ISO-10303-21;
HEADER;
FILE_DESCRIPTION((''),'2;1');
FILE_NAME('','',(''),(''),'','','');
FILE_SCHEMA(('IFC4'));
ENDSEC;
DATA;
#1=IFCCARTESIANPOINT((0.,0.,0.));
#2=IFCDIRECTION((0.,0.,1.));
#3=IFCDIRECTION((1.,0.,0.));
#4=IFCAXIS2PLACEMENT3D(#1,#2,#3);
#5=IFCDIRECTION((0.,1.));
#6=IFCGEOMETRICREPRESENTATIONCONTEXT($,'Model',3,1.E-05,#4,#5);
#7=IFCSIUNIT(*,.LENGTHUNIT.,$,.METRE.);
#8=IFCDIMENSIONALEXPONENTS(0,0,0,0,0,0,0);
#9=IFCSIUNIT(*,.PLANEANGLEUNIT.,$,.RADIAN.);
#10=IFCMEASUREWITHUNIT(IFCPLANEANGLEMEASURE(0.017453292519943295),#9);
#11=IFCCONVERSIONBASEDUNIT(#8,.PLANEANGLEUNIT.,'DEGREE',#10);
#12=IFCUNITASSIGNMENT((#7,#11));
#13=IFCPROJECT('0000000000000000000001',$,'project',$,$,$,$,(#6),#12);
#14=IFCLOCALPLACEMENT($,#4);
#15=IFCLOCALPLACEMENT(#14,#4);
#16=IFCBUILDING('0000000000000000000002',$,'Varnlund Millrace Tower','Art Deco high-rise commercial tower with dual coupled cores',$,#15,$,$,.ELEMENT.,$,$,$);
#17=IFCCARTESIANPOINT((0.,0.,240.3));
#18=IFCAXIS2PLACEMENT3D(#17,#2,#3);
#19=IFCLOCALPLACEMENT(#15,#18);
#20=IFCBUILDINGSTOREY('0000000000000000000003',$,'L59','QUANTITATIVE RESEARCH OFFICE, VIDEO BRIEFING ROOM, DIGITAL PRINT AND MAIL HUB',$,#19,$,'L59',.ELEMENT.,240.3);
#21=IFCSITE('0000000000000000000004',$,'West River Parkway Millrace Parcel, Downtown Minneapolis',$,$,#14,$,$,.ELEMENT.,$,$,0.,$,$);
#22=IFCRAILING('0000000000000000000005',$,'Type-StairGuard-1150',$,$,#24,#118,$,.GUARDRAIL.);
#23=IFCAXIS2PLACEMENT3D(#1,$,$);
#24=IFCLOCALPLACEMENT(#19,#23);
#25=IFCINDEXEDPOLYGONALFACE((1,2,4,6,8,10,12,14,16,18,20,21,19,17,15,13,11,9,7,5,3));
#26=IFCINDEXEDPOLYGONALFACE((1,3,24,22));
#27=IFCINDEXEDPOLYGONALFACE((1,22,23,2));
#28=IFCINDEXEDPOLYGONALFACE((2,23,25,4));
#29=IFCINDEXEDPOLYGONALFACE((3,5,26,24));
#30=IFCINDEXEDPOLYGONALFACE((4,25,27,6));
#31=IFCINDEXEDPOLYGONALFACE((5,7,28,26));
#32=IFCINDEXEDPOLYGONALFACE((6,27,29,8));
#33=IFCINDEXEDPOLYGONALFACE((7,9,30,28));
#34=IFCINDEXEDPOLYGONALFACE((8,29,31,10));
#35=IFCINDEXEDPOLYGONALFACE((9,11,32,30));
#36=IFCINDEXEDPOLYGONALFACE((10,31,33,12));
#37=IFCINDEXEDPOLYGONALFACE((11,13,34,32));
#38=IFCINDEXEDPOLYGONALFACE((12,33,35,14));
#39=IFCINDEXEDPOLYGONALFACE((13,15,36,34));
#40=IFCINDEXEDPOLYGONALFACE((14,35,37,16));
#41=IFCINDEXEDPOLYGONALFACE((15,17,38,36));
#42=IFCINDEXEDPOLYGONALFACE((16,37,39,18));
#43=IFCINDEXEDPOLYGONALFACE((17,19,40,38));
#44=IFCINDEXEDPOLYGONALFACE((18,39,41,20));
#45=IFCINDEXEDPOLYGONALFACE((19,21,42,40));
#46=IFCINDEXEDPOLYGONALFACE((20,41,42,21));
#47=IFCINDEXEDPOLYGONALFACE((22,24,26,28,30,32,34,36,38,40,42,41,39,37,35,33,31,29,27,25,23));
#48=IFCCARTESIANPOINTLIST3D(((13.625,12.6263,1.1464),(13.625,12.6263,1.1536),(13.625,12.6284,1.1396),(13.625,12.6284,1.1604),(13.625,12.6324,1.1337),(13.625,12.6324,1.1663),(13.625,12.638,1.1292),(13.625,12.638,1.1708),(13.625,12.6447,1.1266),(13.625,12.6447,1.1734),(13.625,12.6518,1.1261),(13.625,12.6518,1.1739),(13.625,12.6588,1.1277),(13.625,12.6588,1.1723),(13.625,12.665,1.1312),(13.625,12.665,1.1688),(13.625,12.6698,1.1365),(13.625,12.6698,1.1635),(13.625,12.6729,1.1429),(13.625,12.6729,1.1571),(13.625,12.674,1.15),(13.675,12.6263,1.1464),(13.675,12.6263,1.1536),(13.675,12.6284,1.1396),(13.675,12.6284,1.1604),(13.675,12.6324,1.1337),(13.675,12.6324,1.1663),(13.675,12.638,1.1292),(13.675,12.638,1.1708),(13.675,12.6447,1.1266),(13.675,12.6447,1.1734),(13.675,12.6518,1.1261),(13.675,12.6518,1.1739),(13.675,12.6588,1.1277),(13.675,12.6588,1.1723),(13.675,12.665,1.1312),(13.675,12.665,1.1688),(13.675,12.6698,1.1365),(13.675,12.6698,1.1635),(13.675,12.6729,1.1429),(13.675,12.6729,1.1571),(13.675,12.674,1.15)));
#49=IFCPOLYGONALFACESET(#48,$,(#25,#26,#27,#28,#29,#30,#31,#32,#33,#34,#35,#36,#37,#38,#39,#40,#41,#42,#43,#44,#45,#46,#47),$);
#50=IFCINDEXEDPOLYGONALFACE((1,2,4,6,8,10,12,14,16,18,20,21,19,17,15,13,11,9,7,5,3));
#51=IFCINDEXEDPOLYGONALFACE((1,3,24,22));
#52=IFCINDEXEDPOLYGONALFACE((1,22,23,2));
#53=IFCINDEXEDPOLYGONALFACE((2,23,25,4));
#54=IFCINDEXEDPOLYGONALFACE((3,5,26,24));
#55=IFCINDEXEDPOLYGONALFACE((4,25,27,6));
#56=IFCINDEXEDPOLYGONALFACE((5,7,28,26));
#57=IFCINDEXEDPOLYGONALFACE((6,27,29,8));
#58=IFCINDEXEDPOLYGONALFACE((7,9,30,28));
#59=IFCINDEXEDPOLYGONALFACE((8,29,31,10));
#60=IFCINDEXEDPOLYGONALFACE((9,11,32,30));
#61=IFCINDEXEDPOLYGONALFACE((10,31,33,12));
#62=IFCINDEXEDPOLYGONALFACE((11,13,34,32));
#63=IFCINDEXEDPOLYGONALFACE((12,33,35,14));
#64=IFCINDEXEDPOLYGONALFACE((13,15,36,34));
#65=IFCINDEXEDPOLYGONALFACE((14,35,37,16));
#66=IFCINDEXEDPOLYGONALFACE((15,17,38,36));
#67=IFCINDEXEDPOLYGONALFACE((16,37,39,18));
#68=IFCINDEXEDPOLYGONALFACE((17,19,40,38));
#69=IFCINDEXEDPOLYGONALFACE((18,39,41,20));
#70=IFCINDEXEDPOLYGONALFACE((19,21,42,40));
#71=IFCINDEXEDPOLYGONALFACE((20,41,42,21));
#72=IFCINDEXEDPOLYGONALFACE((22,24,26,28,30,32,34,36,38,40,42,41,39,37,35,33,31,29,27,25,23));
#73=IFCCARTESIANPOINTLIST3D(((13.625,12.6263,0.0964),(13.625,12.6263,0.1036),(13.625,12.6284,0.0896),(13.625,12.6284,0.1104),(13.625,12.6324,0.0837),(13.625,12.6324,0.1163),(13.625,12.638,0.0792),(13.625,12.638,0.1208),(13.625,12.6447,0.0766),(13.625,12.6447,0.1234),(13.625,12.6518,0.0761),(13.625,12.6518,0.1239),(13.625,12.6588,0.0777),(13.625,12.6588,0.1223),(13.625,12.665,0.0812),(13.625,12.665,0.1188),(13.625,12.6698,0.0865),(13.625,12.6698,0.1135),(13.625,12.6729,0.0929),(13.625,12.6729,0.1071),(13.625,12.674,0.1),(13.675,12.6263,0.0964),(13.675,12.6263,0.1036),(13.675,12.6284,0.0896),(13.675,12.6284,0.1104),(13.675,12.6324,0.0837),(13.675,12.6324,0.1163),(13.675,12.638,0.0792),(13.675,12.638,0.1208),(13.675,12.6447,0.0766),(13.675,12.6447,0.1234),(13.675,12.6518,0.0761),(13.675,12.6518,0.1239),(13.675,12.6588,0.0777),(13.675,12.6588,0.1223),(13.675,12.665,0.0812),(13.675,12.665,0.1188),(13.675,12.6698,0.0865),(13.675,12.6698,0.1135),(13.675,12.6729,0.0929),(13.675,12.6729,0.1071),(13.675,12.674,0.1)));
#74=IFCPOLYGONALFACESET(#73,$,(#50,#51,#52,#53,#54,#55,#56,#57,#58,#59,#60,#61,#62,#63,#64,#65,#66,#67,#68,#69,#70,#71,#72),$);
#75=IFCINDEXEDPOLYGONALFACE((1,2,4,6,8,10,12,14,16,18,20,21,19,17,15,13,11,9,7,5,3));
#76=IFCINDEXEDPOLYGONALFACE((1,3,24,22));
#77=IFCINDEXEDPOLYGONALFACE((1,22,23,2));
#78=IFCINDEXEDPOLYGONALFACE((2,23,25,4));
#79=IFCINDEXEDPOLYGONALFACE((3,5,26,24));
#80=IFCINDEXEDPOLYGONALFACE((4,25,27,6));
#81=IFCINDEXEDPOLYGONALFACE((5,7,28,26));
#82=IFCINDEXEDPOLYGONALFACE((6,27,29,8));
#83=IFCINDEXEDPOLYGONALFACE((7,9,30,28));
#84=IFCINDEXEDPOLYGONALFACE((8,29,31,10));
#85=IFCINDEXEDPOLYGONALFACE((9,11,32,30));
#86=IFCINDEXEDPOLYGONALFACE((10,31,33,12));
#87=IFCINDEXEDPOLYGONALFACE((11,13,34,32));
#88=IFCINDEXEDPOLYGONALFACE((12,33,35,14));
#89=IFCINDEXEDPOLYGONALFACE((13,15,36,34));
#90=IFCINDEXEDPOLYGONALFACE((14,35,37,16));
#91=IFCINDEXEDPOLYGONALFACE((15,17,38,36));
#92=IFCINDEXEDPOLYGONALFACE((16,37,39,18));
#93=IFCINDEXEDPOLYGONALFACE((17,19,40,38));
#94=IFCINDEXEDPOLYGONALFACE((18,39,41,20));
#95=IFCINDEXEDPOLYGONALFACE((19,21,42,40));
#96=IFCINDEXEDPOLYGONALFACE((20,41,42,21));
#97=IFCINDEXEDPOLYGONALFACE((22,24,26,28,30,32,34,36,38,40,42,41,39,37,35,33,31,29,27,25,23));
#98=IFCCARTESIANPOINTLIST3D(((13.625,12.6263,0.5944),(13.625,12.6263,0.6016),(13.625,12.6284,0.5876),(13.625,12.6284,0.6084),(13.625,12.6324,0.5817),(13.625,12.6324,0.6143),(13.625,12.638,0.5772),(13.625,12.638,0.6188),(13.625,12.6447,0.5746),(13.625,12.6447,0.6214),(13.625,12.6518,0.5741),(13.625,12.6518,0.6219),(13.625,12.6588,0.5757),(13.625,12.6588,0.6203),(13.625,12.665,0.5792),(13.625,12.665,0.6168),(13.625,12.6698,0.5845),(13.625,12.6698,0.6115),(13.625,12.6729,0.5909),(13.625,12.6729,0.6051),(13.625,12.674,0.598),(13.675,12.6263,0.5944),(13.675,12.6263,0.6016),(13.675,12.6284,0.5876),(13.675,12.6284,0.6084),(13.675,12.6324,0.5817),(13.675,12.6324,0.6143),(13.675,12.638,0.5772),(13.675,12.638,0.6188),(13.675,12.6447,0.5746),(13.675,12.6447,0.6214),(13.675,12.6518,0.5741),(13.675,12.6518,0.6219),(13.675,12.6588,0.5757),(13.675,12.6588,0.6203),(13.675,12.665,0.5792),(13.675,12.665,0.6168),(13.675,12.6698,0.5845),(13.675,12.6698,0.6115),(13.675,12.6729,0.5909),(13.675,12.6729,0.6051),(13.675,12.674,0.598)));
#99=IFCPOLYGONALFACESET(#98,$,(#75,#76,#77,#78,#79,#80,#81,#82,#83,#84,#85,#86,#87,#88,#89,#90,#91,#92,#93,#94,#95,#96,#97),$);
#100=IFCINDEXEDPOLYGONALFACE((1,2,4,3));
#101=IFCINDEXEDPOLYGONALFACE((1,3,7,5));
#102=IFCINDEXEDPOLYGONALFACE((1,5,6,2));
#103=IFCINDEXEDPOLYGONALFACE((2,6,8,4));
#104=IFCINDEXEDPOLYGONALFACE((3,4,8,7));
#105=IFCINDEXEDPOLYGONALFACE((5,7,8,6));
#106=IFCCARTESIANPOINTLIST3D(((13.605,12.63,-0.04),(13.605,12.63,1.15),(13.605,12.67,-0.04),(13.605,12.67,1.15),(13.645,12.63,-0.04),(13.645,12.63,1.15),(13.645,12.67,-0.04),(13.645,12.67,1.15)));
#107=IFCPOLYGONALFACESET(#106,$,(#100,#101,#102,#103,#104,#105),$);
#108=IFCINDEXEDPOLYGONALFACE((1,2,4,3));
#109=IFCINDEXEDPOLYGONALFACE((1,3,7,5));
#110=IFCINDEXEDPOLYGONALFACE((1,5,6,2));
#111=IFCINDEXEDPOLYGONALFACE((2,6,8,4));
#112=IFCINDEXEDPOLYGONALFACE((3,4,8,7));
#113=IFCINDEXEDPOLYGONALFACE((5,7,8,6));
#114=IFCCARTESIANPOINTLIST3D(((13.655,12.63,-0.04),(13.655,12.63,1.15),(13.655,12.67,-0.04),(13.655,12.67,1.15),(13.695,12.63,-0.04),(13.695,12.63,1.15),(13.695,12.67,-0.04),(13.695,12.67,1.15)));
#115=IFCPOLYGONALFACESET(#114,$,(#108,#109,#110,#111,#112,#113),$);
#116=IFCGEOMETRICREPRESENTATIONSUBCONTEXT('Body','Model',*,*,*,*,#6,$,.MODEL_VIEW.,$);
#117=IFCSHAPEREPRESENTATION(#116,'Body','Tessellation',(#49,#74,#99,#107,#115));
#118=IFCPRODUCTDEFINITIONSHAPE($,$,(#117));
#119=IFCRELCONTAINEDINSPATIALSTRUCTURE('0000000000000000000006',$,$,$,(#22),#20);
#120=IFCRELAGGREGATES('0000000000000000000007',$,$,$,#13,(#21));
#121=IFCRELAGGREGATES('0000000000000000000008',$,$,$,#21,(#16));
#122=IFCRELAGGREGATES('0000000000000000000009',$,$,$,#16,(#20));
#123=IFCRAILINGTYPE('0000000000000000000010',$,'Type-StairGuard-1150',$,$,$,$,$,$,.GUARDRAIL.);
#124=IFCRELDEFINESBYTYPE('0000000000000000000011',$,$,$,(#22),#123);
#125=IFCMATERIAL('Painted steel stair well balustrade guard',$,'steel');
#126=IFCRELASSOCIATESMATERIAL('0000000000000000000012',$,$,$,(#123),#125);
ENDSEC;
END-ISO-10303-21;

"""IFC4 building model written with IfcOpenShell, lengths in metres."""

from ifc_helpers import new_model, entity, si_unit, converted_unit, direction, frame, origin_with_axes, origin_2d_with_axis, place, context, subcontext, project, spatial, rectangle, circle, extrude, material, type_object, element, save


model = new_model("IFC4")

# Units and contexts
model_context = context("Model", 3, precision=1e-05, world=origin_with_axes(), true_north=direction((0.0, 1.0)))
body_context = subcontext(model_context, "Body", "Model", "MODEL_VIEW")
ifc_project = project(units=[si_unit("LENGTHUNIT", "METRE"), converted_unit("PLANEANGLEUNIT", "DEGREE", entity("IfcPlaneAngleMeasure", 0.017453292519943295), si_unit("PLANEANGLEUNIT", "RADIAN"), dimensions=[0, 0, 0, 0, 0, 0, 0])], contexts=[model_context])

# Site, building, storey
site_placement = place(None, origin_with_axes())
site = spatial("IfcSite", under=ifc_project, at=site_placement, Name="West River Parkway Millrace Parcel, Downtown Minneapolis", CompositionType="ELEMENT", RefElevation=0.0)
building_placement = place(site_placement, origin_with_axes())
building = spatial("IfcBuilding", under=site, at=building_placement, Name="Varnlund Millrace Tower", Description="Art Deco high-rise commercial tower with dual coupled cores", CompositionType="ELEMENT")
storey_placement = place(building_placement, frame((0.0, 0.0, 240.3), z_axis=(0.0, 0.0, 1.0), x_axis=(1.0, 0.0, 0.0)))
storey = spatial("IfcBuildingStorey", under=building, at=storey_placement, Name="L59", Description="QUANTITATIVE RESEARCH OFFICE, VIDEO BRIEFING ROOM, DIGITAL PRINT AND MAIL HUB", LongName="L59", CompositionType="ELEMENT", Elevation=240.3)

# Railing
ifc_material_1 = material(Name="Painted steel stair well balustrade guard", Category="steel")
railing_type_1 = type_object("IfcRailingType", Name="Type-StairGuard-1150", PredefinedType="GUARDRAIL", material=ifc_material_1)
railing_1_placement = place(storey_placement, frame((0.0, 0.0, -240.3), z_axis=(0.0, 0.0, 1.0), x_axis=(1.0, 0.0, 0.0)))
element("IfcRailing", 1, at=railing_1_placement, inside=storey, type_object=railing_type_1, Name="Type-StairGuard-1150", PredefinedType="GUARDRAIL", context=body_context, shape_type="SweptSolid", body=[
    extrude(circle(Radius=0.024, at=origin_2d_with_axis()), frame((13.625, 12.65, 241.45), z_axis=(1.0, 0.0, 0.0), x_axis=(0.0, 1.0, 0.0)), (0.0, 0.0, 1.0), 0.05),
    extrude(circle(Radius=0.024, at=origin_2d_with_axis()), frame((13.625, 12.65, 240.4), z_axis=(1.0, 0.0, 0.0), x_axis=(0.0, 1.0, 0.0)), (0.0, 0.0, 1.0), 0.05),
    extrude(circle(Radius=0.024, at=origin_2d_with_axis()), frame((13.625, 12.65, 240.898), z_axis=(1.0, 0.0, 0.0), x_axis=(0.0, 1.0, 0.0)), (0.0, 0.0, 1.0), 0.05),
    extrude(rectangle(XDim=0.04, YDim=0.04, at=origin_2d_with_axis()), frame((13.625, 12.65, 240.26), z_axis=(0.0, 0.0, 1.0), x_axis=(1.0, 0.0, 0.0)), (0.0, 0.0, 1.0), 1.19),
    extrude(rectangle(XDim=0.04, YDim=0.04, at=origin_2d_with_axis()), frame((13.675, 12.65, 240.26), z_axis=(0.0, 0.0, 1.0), x_axis=(1.0, 0.0, 0.0)), (0.0, 0.0, 1.0), 1.19),
])

save(model, "model.ifc")
